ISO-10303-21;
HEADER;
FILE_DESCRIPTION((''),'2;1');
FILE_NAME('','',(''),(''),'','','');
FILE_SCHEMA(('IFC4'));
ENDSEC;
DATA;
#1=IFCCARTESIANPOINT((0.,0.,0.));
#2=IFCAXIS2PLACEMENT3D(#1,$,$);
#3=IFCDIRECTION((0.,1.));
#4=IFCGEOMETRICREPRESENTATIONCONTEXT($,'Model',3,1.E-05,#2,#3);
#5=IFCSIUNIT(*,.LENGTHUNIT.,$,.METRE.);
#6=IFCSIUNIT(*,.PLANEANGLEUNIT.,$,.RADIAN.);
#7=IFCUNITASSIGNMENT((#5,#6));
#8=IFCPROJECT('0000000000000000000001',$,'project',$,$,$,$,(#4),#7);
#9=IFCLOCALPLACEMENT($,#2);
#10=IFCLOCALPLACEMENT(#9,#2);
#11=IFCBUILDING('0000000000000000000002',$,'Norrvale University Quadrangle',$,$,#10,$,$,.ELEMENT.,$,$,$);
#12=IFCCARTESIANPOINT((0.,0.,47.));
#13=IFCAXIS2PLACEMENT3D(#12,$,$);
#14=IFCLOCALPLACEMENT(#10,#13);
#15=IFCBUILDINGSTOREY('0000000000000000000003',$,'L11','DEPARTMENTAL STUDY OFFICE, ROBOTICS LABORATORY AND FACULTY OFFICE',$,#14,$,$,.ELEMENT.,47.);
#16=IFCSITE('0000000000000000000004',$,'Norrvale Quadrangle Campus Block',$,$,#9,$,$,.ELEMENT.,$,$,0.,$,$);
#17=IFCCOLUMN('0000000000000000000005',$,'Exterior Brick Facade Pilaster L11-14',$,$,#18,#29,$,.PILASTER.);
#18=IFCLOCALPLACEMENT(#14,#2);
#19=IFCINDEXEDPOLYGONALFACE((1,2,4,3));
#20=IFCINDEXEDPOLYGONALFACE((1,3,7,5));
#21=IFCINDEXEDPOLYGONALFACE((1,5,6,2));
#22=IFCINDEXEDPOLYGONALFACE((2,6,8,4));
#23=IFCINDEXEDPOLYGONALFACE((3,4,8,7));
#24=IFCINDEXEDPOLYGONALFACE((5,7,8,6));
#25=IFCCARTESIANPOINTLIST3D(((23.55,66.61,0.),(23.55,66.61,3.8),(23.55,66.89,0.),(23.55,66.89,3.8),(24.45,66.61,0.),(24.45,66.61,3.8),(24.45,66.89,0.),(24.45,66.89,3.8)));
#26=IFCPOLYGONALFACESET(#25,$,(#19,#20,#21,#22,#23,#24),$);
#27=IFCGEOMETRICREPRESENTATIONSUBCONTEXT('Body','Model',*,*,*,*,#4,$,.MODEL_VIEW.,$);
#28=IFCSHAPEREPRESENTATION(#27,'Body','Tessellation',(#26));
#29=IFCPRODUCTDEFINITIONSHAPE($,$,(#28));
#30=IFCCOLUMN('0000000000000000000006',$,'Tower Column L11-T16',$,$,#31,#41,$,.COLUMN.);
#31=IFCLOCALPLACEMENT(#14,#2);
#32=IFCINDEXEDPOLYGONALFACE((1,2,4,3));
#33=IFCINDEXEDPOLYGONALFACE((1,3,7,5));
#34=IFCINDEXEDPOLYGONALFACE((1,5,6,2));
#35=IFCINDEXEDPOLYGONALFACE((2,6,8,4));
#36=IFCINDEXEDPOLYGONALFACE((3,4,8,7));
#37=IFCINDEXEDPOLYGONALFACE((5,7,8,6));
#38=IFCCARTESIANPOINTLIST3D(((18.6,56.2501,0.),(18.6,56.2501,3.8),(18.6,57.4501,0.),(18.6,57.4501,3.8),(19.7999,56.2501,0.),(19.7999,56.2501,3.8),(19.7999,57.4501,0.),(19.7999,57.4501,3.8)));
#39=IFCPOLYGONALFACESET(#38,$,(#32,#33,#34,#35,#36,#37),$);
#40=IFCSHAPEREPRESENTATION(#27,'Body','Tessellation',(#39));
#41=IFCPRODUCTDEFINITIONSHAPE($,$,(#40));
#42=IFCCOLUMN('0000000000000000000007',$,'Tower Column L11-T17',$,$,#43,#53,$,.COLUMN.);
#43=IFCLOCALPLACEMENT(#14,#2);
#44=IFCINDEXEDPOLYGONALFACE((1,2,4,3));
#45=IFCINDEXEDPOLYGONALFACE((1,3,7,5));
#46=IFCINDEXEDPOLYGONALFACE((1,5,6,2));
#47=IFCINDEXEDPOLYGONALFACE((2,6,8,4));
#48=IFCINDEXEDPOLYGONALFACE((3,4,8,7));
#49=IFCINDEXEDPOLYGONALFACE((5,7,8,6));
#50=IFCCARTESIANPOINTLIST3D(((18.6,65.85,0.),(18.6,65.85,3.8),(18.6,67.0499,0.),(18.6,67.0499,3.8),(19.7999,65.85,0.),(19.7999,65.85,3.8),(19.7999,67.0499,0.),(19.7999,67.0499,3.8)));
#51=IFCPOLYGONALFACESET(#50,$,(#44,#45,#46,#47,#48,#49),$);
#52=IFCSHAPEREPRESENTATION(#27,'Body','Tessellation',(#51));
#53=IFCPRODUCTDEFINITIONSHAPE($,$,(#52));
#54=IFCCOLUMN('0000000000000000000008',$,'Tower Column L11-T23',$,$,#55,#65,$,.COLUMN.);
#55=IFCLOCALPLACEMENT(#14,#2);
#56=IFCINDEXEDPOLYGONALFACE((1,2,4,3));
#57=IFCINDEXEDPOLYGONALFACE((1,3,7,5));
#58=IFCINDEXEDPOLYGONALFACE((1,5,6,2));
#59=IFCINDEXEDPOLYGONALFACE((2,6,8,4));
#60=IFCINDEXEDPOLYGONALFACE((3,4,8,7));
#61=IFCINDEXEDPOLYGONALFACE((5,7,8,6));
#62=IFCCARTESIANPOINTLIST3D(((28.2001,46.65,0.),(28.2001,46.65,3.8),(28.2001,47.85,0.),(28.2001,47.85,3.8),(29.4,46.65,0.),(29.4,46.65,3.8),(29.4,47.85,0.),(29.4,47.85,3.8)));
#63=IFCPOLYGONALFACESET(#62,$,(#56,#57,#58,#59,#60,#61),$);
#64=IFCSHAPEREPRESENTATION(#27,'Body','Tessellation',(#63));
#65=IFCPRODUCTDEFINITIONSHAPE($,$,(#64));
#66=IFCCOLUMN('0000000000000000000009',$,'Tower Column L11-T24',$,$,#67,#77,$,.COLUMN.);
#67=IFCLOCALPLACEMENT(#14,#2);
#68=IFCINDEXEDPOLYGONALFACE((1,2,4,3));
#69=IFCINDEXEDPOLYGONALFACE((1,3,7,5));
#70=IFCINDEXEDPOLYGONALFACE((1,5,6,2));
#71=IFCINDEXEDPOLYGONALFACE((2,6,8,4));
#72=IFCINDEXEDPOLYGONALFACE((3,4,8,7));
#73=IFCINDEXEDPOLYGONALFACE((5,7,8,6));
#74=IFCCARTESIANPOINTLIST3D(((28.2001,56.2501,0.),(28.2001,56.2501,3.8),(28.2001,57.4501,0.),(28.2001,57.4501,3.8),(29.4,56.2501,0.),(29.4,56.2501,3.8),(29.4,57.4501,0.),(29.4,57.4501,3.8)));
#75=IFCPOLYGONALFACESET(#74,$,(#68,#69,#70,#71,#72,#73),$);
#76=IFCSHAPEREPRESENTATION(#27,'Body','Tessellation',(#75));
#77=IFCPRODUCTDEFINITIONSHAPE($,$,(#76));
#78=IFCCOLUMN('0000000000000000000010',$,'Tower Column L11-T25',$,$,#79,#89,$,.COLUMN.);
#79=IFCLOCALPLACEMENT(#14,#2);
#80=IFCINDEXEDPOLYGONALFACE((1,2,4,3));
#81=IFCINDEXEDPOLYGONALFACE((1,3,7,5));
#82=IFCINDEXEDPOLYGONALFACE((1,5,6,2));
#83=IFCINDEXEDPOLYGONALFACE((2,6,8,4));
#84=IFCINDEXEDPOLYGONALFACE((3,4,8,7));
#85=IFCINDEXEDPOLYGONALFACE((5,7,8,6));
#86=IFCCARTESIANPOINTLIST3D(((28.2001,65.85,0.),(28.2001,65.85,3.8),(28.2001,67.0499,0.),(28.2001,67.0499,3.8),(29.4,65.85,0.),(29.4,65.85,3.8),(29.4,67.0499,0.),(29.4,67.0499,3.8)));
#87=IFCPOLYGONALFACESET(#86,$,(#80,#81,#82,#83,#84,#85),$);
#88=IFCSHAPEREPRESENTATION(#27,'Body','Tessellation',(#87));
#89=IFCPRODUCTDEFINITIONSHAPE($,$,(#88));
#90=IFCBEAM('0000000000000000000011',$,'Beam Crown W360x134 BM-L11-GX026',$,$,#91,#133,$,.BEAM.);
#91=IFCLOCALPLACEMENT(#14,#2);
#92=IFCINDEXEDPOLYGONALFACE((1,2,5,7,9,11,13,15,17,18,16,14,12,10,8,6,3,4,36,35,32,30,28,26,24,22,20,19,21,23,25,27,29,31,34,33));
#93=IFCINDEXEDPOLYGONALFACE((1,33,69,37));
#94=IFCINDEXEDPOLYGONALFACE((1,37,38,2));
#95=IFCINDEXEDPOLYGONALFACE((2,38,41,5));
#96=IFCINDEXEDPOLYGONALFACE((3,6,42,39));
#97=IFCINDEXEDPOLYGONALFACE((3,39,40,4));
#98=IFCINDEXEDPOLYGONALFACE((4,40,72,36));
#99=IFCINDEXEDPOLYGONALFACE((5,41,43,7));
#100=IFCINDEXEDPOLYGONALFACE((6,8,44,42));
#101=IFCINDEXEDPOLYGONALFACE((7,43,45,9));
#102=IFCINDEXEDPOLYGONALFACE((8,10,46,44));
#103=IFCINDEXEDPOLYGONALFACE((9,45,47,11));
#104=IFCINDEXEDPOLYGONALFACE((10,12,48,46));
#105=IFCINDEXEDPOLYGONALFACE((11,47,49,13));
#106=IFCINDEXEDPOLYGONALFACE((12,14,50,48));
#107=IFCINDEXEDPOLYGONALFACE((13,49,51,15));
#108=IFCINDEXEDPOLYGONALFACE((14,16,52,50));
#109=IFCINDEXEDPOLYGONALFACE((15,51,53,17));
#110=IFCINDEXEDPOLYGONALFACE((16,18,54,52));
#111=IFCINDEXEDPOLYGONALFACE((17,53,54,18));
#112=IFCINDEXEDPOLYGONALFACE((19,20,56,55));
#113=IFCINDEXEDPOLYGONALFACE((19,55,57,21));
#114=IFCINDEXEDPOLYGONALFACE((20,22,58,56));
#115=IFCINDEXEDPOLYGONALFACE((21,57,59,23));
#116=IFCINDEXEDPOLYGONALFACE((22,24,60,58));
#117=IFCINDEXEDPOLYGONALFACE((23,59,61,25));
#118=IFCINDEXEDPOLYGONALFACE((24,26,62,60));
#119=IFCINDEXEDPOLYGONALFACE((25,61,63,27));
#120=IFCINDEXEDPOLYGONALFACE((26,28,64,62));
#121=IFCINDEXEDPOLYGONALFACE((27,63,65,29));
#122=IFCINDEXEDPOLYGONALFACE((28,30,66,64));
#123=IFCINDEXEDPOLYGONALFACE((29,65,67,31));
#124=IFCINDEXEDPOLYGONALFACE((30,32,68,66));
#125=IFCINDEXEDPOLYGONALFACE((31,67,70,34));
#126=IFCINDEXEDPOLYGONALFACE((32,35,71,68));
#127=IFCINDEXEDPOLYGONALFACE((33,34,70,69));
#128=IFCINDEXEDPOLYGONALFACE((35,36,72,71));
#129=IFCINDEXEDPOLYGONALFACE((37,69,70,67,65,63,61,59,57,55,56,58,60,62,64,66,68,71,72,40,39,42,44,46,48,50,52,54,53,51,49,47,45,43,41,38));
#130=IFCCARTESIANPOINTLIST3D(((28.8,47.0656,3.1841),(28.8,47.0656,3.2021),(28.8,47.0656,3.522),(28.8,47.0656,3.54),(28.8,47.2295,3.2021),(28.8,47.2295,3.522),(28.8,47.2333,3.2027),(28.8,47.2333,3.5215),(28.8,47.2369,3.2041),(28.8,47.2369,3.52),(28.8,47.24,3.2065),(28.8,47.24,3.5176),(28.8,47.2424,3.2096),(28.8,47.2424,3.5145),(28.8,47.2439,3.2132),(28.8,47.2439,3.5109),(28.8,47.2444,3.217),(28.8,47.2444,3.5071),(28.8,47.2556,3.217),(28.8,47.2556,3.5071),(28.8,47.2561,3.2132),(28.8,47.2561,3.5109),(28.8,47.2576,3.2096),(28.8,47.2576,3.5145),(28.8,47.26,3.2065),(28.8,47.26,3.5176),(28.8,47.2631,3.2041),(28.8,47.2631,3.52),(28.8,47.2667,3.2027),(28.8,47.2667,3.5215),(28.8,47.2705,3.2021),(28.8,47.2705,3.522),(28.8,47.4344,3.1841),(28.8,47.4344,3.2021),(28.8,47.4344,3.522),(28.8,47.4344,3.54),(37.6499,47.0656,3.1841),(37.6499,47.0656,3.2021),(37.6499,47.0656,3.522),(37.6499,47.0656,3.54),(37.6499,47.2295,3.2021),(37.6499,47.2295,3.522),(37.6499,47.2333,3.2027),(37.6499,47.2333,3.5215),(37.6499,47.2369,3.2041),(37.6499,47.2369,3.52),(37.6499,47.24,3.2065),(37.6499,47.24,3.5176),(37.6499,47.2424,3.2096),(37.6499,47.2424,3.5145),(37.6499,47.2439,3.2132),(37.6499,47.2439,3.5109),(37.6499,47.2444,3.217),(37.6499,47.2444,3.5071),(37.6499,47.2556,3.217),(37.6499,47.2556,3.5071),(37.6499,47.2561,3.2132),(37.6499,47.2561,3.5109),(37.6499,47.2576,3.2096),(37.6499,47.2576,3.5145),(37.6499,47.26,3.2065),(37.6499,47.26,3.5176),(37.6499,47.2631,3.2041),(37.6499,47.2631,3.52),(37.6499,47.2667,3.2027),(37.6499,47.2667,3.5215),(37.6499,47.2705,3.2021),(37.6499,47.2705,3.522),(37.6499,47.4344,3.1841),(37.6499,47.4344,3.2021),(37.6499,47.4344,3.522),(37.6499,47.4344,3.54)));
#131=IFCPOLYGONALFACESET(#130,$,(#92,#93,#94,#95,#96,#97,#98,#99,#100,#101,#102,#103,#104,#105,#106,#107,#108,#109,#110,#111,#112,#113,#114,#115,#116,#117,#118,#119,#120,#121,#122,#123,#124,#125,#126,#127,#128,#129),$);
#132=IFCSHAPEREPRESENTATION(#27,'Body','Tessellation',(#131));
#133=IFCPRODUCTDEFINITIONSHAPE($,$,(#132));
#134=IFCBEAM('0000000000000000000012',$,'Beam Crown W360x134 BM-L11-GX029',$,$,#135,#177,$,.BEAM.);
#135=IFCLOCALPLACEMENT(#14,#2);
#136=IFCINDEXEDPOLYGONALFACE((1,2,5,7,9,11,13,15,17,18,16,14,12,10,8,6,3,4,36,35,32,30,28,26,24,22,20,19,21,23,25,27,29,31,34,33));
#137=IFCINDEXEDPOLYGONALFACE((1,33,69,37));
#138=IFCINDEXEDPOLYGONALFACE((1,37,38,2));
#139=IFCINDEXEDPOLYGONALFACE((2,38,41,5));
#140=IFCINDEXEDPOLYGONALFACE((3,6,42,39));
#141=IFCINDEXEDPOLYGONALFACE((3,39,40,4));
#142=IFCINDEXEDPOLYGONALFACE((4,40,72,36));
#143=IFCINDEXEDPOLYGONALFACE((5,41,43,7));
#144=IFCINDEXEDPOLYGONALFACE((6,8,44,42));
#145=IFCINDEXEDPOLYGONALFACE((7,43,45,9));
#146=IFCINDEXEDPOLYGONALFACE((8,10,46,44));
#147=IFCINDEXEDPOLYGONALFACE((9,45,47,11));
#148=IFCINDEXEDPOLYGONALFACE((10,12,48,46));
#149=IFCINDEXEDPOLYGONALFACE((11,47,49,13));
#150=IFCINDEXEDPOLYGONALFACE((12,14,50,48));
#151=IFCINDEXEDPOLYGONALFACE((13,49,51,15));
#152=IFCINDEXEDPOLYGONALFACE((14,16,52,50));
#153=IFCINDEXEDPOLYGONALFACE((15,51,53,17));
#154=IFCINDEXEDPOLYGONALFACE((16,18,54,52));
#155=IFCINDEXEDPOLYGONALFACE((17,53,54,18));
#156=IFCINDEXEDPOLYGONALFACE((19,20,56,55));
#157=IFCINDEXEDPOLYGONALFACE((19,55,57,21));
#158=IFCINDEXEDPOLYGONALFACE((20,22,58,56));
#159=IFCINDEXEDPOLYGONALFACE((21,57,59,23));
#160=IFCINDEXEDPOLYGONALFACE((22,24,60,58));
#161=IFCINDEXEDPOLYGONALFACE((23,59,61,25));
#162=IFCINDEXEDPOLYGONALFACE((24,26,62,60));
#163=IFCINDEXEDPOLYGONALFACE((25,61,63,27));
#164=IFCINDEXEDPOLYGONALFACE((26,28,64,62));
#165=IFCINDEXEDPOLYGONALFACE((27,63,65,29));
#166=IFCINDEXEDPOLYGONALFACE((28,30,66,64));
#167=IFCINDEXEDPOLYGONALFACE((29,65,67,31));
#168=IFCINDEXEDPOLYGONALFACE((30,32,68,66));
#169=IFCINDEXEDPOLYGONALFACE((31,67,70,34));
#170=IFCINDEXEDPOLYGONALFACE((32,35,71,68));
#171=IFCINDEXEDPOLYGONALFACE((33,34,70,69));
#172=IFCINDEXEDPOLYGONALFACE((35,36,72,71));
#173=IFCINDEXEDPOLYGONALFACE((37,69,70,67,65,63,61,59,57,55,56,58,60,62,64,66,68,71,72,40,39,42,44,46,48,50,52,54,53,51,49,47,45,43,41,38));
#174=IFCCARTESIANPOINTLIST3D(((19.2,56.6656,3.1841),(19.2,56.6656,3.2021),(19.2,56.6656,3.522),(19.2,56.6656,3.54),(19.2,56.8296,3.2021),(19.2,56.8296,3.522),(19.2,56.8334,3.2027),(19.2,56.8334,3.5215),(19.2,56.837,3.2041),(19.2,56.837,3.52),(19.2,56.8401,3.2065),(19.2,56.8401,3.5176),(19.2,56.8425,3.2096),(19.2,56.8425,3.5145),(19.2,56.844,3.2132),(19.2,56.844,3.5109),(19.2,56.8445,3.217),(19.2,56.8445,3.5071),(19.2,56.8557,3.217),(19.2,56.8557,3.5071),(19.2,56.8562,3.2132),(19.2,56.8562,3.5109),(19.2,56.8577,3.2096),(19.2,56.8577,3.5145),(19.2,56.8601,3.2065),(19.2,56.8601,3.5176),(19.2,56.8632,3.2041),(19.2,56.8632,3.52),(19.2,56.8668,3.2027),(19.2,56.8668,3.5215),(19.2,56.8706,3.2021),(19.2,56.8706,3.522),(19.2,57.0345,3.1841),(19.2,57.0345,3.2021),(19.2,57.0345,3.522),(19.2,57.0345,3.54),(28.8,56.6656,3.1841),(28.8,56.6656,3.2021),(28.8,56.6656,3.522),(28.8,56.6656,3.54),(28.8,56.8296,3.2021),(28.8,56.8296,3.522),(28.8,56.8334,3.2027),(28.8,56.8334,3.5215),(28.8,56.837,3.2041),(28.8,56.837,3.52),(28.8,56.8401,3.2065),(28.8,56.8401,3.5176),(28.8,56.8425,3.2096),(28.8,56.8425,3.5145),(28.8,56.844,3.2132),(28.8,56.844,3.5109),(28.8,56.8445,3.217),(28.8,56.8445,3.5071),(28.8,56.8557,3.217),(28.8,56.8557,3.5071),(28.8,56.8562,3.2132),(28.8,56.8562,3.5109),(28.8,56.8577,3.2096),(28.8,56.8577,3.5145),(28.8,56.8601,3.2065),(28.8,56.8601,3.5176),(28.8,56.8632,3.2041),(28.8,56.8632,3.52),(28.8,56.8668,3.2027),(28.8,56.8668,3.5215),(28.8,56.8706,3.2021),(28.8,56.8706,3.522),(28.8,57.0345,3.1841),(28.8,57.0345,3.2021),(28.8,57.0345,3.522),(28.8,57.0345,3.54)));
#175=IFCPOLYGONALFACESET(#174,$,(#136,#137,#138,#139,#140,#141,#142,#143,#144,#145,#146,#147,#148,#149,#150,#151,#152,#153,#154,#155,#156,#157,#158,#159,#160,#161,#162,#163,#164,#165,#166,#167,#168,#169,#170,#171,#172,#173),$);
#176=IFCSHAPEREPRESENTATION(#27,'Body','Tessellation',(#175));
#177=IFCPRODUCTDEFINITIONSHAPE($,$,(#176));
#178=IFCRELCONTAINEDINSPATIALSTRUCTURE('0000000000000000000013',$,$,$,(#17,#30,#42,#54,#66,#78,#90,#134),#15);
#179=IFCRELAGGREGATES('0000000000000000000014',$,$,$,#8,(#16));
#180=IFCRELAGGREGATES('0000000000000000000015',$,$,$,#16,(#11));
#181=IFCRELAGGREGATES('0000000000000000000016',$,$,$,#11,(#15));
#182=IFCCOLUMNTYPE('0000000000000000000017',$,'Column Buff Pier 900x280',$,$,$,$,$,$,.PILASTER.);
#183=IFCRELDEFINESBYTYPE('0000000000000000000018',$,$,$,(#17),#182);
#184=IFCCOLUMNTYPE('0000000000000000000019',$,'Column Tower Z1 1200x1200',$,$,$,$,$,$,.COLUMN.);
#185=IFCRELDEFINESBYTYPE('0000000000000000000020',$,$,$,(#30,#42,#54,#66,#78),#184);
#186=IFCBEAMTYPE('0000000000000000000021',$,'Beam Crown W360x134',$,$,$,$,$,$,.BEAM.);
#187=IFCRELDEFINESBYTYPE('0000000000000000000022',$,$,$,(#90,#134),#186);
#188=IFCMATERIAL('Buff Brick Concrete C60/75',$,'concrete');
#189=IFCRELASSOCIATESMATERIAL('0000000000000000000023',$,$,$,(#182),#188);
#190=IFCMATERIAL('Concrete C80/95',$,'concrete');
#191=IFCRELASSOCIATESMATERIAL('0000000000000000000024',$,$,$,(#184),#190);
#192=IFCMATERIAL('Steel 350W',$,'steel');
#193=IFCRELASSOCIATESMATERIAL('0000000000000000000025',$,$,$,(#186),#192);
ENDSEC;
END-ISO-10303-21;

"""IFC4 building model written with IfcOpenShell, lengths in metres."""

from ifc_helpers import new_model, si_unit, direction, frame, origin, origin_2d, place, context, subcontext, project, spatial, rectangle, i_section, extrude, material, material_profile, profile_set, type_object, element, save


model = new_model("IFC4")

# Units and contexts
model_context = context("Model", 3, precision=1e-05, world=origin(), true_north=direction((0.0, 1.0)))
body_context = subcontext(model_context, "Body", "Model", "MODEL_VIEW")
ifc_project = project(units=[si_unit("LENGTHUNIT", "METRE"), si_unit("PLANEANGLEUNIT", "RADIAN")], contexts=[model_context])

# Site, building, storey
site_placement = place(None, origin())
site = spatial("IfcSite", under=ifc_project, at=site_placement, Name="Norrvale Quadrangle Campus Block", CompositionType="ELEMENT", RefElevation=0.0)
building_placement = place(site_placement, origin())
building = spatial("IfcBuilding", under=site, at=building_placement, Name="Norrvale University Quadrangle", CompositionType="ELEMENT")
storey_placement = place(building_placement, frame((0.0, 0.0, 47.0)))
storey = spatial("IfcBuildingStorey", under=building, at=storey_placement, Name="L11", Description="DEPARTMENTAL STUDY OFFICE, ROBOTICS LABORATORY AND FACULTY OFFICE", CompositionType="ELEMENT", Elevation=47.0)

# Columns
ifc_material_1 = material(Name="Buff Brick Concrete C60/75", Category="concrete")
ifc_material_profile_1 = material_profile(ifc_material_1, rectangle(XDim=0.8999, YDim=0.28, at=origin_2d()), Name="Buff Brick Concrete C60/75")
ifc_profile_set_1 = profile_set([ifc_material_profile_1], Name="Buff Brick Concrete C60/75")
column_type_1 = type_object("IfcColumnType", Name="Column Buff Pier 900x280", PredefinedType="PILASTER", material=ifc_profile_set_1)
column_placement = place(storey_placement, frame((24.0, 66.75, 0.0), z_axis=(0.0, 0.0, 1.0), x_axis=(1.0, 0.0, 0.0)))
element("IfcColumn", 1, at=column_placement, inside=storey, type_object=column_type_1, Name="Exterior Brick Facade Pilaster L11-14", PredefinedType="PILASTER", context=body_context, shape_type="SweptSolid", body=[
    extrude(rectangle(XDim=0.8999, YDim=0.28, at=origin_2d()), origin(), (0.0, 0.0, 1.0), 3.8),
])
ifc_material_2 = material(Name="Concrete C80/95", Category="concrete")
ifc_material_profile_2 = material_profile(ifc_material_2, rectangle(XDim=1.2, YDim=1.2, at=origin_2d()), Name="Concrete C80/95")
ifc_profile_set_2 = profile_set([ifc_material_profile_2], Name="Concrete C80/95")
column_type_2 = type_object("IfcColumnType", Name="Column Tower Z1 1200x1200", PredefinedType="COLUMN", material=ifc_profile_set_2)
for number, where, z_axis, x_axis, name in (
    (2, (19.2, 56.8501, 0.0), (0.0, 0.0, 1.0), (1.0, 0.0, 0.0), "Tower Column L11-T16"),
    (3, (19.2, 66.45, 0.0), (0.0, 0.0, 1.0), (1.0, 0.0, 0.0), "Tower Column L11-T17"),
    (4, (28.8, 47.25, 0.0), (0.0, 0.0, 1.0), (1.0, 0.0, 0.0), "Tower Column L11-T23"),
    (5, (28.8, 56.8501, 0.0), (0.0, 0.0, 1.0), (1.0, 0.0, 0.0), "Tower Column L11-T24"),
    (6, (28.8, 66.45, 0.0), (0.0, 0.0, 1.0), (1.0, 0.0, 0.0), "Tower Column L11-T25"),
):
    element("IfcColumn", number, at=place(storey_placement, frame(where, z_axis=z_axis, x_axis=x_axis)), inside=storey, type_object=column_type_2, Name=name, PredefinedType="COLUMN", context=body_context, shape_type="SweptSolid", body=[
        extrude(rectangle(XDim=1.2, YDim=1.2, at=origin_2d()), origin(), (0.0, 0.0, 1.0), 3.8),
    ])

# Beams
ifc_material_3 = material(Name="Steel 350W", Category="steel")
ifc_material_profile_3 = material_profile(ifc_material_3, i_section(OverallWidth=0.3689, OverallDepth=0.356, WebThickness=0.0112, FlangeThickness=0.0181, FilletRadius=0.0149, at=origin_2d()), Name="Steel 350W")
ifc_profile_set_3 = profile_set([ifc_material_profile_3], Name="Steel 350W")
beam_type_1 = type_object("IfcBeamType", Name="Beam Crown W360x134", PredefinedType="BEAM", material=ifc_profile_set_3)
beam_1_placement = place(storey_placement, frame((28.8, 47.25, 3.3621), z_axis=(1.0, 0.0, 0.0), x_axis=(0.0, 1.0, 0.0)))
element("IfcBeam", 7, at=beam_1_placement, inside=storey, type_object=beam_type_1, Name="Beam Crown W360x134 BM-L11-GX026", PredefinedType="BEAM", context=body_context, shape_type="SweptSolid", body=[
    extrude(i_section(OverallWidth=0.3689, OverallDepth=0.356, WebThickness=0.0112, FlangeThickness=0.0181, FilletRadius=0.0149, at=origin_2d()), origin(), (0.0, 0.0, 1.0), 8.8499),
])
beam_2_placement = place(storey_placement, frame((19.2, 56.8501, 3.3621), z_axis=(1.0, 0.0, 0.0), x_axis=(0.0, 1.0, 0.0)))
element("IfcBeam", 8, at=beam_2_placement, inside=storey, type_object=beam_type_1, Name="Beam Crown W360x134 BM-L11-GX029", PredefinedType="BEAM", context=body_context, shape_type="SweptSolid", body=[
    extrude(i_section(OverallWidth=0.3689, OverallDepth=0.356, WebThickness=0.0112, FlangeThickness=0.0181, FilletRadius=0.0149, at=origin_2d()), origin(), (0.0, 0.0, 1.0), 9.6001),
])

save(model, "model.ifc")
